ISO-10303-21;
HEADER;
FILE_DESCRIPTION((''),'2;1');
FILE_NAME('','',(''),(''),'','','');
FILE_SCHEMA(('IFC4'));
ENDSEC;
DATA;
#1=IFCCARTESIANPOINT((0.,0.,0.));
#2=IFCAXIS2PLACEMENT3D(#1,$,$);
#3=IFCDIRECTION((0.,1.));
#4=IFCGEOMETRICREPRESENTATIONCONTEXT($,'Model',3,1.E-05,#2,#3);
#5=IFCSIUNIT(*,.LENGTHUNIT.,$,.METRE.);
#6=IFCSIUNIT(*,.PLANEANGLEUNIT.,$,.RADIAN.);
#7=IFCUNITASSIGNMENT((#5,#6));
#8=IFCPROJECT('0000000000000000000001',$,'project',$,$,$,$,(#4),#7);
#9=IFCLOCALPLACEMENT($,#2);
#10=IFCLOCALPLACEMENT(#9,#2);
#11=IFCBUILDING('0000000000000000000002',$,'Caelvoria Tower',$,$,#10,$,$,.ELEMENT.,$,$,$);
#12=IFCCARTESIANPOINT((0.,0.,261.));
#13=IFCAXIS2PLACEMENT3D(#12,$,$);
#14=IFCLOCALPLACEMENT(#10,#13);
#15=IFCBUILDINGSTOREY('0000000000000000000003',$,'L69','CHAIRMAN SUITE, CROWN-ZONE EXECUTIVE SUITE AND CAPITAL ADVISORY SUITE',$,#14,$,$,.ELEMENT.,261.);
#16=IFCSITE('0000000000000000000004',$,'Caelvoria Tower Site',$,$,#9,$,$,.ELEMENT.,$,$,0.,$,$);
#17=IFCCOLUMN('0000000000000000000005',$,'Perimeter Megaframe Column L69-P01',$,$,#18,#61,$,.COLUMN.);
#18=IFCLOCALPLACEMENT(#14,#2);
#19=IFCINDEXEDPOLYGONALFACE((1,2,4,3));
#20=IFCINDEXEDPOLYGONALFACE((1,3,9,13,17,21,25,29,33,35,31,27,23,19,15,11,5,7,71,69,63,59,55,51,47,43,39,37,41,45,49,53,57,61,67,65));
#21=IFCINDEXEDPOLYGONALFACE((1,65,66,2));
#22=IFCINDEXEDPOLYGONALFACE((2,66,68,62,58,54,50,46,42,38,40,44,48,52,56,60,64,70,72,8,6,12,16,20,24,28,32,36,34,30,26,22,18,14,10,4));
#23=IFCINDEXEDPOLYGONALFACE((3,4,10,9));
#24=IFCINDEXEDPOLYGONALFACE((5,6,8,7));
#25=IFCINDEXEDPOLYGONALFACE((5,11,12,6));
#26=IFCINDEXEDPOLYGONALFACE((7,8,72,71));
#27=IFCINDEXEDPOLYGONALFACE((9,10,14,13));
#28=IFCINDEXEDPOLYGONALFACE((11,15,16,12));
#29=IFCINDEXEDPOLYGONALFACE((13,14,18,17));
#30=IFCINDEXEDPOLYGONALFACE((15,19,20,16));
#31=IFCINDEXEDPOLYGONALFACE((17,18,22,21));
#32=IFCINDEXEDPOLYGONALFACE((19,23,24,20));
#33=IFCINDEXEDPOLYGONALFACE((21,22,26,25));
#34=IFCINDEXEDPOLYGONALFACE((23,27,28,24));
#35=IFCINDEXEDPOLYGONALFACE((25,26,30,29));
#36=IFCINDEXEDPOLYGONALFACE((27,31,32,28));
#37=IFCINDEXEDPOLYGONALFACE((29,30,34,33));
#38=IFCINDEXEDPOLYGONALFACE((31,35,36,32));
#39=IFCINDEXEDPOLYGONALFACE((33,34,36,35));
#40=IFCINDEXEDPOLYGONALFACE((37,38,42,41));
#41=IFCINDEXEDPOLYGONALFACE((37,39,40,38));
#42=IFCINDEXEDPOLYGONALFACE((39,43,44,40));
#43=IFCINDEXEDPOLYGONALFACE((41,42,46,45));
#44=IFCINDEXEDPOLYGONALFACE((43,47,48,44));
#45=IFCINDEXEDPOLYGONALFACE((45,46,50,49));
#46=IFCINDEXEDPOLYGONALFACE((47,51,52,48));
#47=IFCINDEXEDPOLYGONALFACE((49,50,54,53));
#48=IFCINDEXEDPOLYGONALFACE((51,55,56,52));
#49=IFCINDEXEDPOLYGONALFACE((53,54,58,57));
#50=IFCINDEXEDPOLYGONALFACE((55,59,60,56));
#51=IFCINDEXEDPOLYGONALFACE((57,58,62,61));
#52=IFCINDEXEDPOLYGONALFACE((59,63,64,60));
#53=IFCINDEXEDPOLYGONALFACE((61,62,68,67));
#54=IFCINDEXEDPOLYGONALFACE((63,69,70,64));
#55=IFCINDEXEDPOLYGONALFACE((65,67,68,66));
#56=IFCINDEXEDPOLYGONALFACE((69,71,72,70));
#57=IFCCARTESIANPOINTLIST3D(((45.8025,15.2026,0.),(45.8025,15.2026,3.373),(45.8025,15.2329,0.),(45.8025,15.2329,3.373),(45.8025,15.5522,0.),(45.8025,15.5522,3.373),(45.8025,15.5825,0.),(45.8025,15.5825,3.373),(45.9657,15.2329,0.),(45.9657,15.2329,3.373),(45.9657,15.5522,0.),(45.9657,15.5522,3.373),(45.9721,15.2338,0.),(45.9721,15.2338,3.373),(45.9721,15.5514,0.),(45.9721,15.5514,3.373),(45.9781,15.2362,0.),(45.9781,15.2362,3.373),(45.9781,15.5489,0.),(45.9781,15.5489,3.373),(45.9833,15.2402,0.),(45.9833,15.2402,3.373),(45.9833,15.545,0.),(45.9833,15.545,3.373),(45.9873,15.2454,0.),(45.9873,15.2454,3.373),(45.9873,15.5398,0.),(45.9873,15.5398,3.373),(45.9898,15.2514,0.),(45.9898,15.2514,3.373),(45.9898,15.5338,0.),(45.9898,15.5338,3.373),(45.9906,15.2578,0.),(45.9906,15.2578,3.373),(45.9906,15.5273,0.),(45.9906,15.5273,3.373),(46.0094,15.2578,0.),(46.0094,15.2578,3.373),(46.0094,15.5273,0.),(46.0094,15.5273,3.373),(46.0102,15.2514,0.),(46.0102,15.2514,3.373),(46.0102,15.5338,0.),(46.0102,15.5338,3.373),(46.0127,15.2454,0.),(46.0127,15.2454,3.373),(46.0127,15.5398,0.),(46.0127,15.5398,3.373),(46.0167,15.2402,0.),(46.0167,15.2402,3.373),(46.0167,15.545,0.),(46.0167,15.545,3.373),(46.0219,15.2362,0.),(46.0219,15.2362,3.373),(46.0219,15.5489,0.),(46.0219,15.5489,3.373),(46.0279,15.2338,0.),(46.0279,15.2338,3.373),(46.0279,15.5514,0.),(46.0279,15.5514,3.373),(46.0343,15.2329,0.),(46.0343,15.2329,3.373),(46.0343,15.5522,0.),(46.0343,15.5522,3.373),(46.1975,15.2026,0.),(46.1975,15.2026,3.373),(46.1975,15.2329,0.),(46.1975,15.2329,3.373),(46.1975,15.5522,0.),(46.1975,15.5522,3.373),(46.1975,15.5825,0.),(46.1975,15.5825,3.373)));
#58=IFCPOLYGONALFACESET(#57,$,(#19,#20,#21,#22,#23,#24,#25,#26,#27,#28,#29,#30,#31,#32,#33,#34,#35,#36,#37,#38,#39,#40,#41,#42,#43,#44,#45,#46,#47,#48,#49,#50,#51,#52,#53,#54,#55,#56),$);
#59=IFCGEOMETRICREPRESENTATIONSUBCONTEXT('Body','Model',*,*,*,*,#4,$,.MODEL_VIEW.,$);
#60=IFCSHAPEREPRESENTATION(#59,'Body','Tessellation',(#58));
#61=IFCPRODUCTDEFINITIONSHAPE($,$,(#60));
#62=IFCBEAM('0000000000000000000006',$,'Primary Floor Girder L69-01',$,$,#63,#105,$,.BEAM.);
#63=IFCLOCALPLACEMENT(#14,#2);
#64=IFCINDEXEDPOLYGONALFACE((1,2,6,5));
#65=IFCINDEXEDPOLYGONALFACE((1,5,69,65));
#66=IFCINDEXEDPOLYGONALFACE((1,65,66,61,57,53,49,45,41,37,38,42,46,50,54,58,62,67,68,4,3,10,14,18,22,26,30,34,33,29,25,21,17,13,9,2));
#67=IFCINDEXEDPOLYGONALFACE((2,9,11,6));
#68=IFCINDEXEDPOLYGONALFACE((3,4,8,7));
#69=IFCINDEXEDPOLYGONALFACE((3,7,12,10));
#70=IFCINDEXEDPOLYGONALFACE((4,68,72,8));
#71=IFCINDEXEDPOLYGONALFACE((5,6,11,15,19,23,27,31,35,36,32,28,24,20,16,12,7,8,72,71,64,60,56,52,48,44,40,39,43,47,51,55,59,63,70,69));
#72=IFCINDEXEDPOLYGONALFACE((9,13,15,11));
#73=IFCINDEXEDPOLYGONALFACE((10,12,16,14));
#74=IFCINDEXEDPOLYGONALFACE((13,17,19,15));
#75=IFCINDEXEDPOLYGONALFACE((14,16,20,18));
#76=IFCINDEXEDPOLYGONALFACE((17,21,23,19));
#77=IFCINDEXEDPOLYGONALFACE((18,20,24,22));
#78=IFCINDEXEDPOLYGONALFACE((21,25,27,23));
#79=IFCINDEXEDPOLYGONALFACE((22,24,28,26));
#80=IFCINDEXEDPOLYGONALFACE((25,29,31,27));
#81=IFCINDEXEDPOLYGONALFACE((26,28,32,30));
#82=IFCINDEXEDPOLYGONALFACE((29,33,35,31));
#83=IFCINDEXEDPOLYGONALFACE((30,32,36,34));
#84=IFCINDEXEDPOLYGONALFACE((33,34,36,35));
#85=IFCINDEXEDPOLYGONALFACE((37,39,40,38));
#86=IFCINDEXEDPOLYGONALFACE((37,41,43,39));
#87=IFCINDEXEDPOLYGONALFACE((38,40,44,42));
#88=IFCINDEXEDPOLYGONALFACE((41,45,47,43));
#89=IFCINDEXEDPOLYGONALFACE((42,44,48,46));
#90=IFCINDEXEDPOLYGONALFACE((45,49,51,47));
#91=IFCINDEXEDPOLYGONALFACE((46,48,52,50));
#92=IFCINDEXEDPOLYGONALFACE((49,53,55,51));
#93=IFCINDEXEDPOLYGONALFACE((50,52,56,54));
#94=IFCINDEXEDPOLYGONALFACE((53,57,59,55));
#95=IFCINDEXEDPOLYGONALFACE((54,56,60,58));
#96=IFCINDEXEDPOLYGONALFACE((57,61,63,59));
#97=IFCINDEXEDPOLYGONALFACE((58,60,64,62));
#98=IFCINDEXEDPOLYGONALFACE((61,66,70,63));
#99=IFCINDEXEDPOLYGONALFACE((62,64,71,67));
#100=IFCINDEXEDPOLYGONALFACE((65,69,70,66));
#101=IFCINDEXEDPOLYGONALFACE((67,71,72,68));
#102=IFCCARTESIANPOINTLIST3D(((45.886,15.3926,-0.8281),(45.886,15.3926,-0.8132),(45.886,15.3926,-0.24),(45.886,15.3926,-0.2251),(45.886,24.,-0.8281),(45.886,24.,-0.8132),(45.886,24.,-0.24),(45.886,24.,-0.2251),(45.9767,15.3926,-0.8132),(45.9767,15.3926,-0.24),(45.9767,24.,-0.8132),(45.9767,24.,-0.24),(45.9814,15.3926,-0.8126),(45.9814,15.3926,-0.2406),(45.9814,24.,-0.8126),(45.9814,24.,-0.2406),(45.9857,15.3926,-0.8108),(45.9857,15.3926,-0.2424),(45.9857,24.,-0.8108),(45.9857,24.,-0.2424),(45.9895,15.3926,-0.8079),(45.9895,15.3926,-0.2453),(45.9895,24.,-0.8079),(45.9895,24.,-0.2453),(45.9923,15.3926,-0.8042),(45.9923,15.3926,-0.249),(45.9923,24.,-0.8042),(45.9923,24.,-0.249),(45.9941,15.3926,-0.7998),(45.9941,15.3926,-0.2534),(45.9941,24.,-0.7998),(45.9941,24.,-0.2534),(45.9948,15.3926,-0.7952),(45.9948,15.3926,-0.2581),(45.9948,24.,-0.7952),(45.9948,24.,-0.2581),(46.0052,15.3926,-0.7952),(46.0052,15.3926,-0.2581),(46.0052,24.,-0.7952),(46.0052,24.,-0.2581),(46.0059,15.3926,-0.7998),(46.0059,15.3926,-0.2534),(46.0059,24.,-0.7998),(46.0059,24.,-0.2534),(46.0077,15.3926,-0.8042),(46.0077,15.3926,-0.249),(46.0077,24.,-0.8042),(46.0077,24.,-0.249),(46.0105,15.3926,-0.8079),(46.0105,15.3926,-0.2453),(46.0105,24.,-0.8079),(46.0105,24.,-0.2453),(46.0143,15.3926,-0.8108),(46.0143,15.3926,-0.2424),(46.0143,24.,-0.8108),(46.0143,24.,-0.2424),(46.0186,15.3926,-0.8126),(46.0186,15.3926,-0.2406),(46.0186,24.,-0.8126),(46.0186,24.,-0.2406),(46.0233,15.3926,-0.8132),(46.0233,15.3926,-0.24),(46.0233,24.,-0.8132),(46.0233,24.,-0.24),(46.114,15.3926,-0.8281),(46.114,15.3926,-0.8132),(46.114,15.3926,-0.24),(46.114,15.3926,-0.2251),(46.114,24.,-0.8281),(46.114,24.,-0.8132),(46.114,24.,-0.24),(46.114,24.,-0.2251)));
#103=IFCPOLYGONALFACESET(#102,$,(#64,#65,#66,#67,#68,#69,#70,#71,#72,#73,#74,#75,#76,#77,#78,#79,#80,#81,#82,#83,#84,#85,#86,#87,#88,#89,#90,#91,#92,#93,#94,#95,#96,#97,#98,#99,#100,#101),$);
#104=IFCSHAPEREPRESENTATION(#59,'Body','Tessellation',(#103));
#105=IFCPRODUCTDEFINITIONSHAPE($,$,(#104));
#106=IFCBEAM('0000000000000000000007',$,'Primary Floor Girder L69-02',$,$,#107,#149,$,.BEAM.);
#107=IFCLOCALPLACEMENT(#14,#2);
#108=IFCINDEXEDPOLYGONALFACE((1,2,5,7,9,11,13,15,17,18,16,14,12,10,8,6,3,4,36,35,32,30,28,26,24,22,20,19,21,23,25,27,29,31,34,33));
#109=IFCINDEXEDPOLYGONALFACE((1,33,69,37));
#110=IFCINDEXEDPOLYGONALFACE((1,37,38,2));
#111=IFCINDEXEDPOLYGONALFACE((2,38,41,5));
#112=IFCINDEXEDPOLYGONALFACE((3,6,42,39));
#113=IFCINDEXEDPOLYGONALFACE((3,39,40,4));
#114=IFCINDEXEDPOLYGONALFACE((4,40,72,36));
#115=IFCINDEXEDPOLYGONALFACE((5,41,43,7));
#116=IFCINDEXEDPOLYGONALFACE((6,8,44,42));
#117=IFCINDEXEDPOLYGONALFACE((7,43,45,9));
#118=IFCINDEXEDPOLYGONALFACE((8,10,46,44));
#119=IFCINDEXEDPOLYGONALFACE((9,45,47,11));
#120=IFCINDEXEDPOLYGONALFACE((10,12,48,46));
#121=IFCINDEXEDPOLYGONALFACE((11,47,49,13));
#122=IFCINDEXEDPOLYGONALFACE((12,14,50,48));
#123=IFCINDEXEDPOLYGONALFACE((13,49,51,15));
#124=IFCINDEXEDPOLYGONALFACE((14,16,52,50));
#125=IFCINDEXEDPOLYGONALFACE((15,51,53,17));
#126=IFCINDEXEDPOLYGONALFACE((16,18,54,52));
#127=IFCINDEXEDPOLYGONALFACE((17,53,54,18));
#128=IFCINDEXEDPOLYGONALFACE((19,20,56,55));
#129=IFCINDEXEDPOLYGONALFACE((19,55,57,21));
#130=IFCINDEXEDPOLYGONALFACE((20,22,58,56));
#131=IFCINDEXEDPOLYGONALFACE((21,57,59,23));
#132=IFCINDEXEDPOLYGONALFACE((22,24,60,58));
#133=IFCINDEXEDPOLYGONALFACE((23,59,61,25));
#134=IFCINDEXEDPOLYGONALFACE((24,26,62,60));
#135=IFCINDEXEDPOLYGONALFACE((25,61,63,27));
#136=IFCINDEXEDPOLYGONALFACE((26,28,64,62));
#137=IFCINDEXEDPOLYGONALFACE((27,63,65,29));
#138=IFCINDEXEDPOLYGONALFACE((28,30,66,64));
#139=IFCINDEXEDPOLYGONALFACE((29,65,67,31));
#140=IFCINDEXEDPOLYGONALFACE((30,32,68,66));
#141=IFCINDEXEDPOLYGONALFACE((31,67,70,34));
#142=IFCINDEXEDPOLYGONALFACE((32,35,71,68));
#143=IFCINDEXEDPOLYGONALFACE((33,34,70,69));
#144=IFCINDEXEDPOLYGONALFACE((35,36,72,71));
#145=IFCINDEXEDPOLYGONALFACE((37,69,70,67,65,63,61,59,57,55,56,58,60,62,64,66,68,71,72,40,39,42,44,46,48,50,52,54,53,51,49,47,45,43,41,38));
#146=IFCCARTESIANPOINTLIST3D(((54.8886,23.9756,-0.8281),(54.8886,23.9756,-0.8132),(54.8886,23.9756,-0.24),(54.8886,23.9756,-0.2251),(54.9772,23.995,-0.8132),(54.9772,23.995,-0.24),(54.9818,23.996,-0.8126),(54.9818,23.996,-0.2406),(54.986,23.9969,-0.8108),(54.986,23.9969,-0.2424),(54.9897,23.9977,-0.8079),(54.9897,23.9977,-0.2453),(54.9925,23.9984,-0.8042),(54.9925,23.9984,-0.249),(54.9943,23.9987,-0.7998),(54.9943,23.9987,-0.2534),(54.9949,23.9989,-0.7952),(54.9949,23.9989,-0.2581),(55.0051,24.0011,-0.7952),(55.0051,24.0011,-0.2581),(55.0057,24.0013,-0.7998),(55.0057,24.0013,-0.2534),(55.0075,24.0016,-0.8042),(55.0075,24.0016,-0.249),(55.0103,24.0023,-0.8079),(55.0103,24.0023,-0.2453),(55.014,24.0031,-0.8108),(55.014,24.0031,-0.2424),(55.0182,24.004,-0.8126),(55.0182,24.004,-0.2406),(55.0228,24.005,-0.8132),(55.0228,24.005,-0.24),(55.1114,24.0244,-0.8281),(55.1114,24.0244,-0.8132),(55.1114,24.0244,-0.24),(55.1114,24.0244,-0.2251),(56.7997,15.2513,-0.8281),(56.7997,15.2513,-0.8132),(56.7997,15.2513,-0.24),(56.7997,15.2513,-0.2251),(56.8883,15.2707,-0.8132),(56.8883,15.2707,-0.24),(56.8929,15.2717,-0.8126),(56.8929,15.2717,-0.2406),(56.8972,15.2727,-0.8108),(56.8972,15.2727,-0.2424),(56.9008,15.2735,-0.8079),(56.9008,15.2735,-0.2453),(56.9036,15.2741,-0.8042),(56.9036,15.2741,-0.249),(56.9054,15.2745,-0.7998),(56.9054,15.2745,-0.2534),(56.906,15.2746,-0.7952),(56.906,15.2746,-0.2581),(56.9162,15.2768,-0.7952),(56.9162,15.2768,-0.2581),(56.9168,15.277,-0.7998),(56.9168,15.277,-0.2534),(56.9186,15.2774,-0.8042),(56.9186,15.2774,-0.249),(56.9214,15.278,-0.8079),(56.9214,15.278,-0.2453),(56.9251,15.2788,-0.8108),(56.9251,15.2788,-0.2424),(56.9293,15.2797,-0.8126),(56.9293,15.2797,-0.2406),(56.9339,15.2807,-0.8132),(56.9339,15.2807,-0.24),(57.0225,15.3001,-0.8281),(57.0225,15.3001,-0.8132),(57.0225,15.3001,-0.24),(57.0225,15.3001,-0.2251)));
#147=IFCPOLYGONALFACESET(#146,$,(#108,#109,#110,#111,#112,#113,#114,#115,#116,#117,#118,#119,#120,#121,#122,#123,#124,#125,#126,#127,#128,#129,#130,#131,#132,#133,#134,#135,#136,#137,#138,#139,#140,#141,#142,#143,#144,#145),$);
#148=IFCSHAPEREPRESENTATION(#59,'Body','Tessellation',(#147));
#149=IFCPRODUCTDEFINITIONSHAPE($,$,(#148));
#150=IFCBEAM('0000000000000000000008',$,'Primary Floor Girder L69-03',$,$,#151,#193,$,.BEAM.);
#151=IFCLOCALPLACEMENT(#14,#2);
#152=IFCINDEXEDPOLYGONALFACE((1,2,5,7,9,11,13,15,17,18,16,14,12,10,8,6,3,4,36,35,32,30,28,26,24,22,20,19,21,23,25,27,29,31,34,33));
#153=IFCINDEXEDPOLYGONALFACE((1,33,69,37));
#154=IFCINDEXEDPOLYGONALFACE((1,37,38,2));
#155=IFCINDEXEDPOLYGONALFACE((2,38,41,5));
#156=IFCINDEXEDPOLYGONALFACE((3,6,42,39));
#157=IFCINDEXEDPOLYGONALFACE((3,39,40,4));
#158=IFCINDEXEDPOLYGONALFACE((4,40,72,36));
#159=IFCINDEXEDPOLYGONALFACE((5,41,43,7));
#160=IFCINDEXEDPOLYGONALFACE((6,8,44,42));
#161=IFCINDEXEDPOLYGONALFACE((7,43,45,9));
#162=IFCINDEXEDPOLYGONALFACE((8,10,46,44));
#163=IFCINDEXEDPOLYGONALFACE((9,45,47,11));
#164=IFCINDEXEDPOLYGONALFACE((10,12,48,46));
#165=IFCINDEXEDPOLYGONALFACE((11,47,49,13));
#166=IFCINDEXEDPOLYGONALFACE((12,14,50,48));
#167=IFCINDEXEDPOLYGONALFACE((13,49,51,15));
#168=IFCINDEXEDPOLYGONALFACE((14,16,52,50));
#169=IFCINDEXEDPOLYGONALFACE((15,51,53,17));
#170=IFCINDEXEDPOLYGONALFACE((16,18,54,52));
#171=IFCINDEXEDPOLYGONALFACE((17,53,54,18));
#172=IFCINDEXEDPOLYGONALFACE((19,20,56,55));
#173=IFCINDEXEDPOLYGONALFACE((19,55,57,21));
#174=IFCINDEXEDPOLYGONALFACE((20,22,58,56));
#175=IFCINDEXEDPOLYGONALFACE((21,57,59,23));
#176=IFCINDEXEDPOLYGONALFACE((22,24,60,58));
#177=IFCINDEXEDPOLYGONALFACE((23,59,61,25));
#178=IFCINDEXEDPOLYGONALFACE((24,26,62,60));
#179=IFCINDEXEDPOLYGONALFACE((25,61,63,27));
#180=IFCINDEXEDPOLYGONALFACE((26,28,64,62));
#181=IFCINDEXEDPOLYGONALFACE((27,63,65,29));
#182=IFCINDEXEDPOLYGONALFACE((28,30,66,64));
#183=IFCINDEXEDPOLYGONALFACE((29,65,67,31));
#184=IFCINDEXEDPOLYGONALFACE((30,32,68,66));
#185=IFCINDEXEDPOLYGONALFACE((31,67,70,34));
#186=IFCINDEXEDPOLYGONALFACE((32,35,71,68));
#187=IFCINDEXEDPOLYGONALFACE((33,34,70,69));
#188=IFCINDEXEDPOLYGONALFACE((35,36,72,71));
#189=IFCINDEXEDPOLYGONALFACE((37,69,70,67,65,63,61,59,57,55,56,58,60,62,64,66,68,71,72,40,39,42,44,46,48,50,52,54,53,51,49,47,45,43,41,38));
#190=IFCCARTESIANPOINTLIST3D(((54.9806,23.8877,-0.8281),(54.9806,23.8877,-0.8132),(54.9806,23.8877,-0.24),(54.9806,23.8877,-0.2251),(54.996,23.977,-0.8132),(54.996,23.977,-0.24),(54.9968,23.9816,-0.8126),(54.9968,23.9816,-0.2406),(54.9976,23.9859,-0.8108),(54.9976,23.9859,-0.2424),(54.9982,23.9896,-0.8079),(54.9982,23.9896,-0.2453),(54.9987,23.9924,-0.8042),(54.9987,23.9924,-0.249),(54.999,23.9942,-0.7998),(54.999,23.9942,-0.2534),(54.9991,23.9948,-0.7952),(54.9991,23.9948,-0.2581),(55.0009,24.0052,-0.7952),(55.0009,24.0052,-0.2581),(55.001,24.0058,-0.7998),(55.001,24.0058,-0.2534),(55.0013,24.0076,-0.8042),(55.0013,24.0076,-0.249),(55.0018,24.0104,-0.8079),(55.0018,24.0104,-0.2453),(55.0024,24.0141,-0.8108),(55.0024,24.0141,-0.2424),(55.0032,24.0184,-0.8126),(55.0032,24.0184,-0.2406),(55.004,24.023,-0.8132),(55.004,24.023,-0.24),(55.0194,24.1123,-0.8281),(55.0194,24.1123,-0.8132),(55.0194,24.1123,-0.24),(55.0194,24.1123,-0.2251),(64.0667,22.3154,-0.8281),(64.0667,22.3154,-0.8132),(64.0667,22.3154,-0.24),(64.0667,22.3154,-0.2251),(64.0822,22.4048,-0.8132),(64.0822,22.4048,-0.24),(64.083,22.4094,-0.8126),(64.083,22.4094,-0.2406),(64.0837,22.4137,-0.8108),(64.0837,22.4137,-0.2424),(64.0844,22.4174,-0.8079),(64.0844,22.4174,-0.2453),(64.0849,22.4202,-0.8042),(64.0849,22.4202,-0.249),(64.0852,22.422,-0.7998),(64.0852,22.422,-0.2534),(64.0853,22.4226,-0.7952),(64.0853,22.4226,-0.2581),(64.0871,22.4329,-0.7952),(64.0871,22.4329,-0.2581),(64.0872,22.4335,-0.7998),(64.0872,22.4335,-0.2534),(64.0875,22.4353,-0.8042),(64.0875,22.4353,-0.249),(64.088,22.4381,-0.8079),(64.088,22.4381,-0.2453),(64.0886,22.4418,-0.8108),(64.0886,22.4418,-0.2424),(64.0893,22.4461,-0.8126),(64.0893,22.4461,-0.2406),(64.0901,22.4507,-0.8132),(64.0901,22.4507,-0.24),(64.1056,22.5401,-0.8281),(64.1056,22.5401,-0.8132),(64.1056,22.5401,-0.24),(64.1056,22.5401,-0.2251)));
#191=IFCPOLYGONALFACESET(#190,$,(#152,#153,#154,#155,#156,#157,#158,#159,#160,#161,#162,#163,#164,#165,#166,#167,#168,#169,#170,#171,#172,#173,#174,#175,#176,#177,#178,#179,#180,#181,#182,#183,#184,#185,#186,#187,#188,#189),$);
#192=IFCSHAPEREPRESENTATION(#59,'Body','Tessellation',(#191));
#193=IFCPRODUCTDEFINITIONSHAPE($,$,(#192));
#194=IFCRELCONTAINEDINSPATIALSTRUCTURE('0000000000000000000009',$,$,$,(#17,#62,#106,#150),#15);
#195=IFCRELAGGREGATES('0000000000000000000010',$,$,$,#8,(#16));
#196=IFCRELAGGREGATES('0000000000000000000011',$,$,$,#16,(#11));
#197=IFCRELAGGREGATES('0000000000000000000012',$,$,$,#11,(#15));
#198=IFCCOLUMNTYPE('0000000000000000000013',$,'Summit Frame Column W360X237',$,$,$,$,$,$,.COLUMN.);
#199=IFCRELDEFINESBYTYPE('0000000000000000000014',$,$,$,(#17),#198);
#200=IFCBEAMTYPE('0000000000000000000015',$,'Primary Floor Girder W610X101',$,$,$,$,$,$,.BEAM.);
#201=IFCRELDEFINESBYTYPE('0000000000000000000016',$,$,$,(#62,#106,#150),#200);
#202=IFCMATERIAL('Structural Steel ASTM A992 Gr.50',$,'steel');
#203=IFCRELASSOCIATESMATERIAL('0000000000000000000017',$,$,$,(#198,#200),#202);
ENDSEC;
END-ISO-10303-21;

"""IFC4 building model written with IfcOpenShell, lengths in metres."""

from ifc_helpers import new_model, si_unit, direction, frame, origin, origin_2d, place, context, subcontext, project, spatial, i_section, extrude, material, material_profile, profile_set, type_object, element, save


model = new_model("IFC4")

# Units and contexts
model_context = context("Model", 3, precision=1e-05, world=origin(), true_north=direction((0.0, 1.0)))
body_context = subcontext(model_context, "Body", "Model", "MODEL_VIEW")
ifc_project = project(units=[si_unit("LENGTHUNIT", "METRE"), si_unit("PLANEANGLEUNIT", "RADIAN")], contexts=[model_context])

# Site, building, storey
site_placement = place(None, origin())
site = spatial("IfcSite", under=ifc_project, at=site_placement, Name="Caelvoria Tower Site", CompositionType="ELEMENT", RefElevation=0.0)
building_placement = place(site_placement, origin())
building = spatial("IfcBuilding", under=site, at=building_placement, Name="Caelvoria Tower", CompositionType="ELEMENT")
storey_placement = place(building_placement, frame((0.0, 0.0, 261.0)))
storey = spatial("IfcBuildingStorey", under=building, at=storey_placement, Name="L69", Description="CHAIRMAN SUITE, CROWN-ZONE EXECUTIVE SUITE AND CAPITAL ADVISORY SUITE", CompositionType="ELEMENT", Elevation=261.0)

# Column
ifc_material_1 = material(Name="Structural Steel ASTM A992 Gr.50", Category="steel")
ifc_material_profile_1 = material_profile(ifc_material_1, i_section(OverallWidth=0.395, OverallDepth=0.3799, WebThickness=0.0188, FlangeThickness=0.0303, FilletRadius=0.0249, at=origin_2d()), Name="Structural Steel ASTM A992 Gr.50")
ifc_profile_set_1 = profile_set([ifc_material_profile_1], Name="W360X237 - Structural Steel ASTM A992 Gr.50")
column_type = type_object("IfcColumnType", Name="Summit Frame Column W360X237", PredefinedType="COLUMN", material=ifc_profile_set_1)
column_placement = place(storey_placement, frame((46.0, 15.3926, 0.0), z_axis=(0.0, 0.0, 1.0), x_axis=(1.0, 0.0, 0.0)))
element("IfcColumn", 1, at=column_placement, inside=storey, type_object=column_type, Name="Perimeter Megaframe Column L69-P01", PredefinedType="COLUMN", context=body_context, shape_type="SweptSolid", body=[
    extrude(i_section(OverallWidth=0.395, OverallDepth=0.3799, WebThickness=0.0188, FlangeThickness=0.0303, FilletRadius=0.0249, at=origin_2d()), origin(), (0.0, 0.0, 1.0), 3.373),
])

# Beams
ifc_material_profile_2 = material_profile(ifc_material_1, i_section(OverallWidth=0.228, OverallDepth=0.603, WebThickness=0.0105, FlangeThickness=0.0149, FilletRadius=0.0181, at=origin_2d()), Name="Structural Steel ASTM A992 Gr.50")
ifc_profile_set_2 = profile_set([ifc_material_profile_2], Name="W610X101 - Structural Steel ASTM A992 Gr.50")
beam_type_1 = type_object("IfcBeamType", Name="Primary Floor Girder W610X101", PredefinedType="BEAM", material=ifc_profile_set_2)
beam_1_placement = place(storey_placement, frame((46.0, 24.0, -0.5266), z_axis=(0.0, -1.0, 0.0), x_axis=(1.0, 0.0, 0.0)))
element("IfcBeam", 2, at=beam_1_placement, inside=storey, type_object=beam_type_1, Name="Primary Floor Girder L69-01", PredefinedType="BEAM", context=body_context, shape_type="SweptSolid", body=[
    extrude(i_section(OverallWidth=0.228, OverallDepth=0.603, WebThickness=0.0105, FlangeThickness=0.0149, FilletRadius=0.0181, at=origin_2d()), origin(), (0.0, 0.0, 1.0), 8.6074),
])
beam_2_placement = place(storey_placement, frame((55.0, 24.0, -0.5266), z_axis=(0.213983, -0.976837, 0.0), x_axis=(0.976837, 0.213983, 0.0)))
element("IfcBeam", 3, at=beam_2_placement, inside=storey, type_object=beam_type_1, Name="Primary Floor Girder L69-02", PredefinedType="BEAM", context=body_context, shape_type="SweptSolid", body=[
    extrude(i_section(OverallWidth=0.228, OverallDepth=0.603, WebThickness=0.0105, FlangeThickness=0.0149, FilletRadius=0.0181, at=origin_2d()), origin(), (0.0, 0.0, 1.0), 8.9312),
])
beam_3_placement = place(storey_placement, frame((55.0, 24.0, -0.5266), z_axis=(0.985357, -0.170505, 0.0), x_axis=(0.170505, 0.985357, 0.0)))
element("IfcBeam", 4, at=beam_3_placement, inside=storey, type_object=beam_type_1, Name="Primary Floor Girder L69-03", PredefinedType="BEAM", context=body_context, shape_type="SweptSolid", body=[
    extrude(i_section(OverallWidth=0.228, OverallDepth=0.603, WebThickness=0.0105, FlangeThickness=0.0149, FilletRadius=0.0181, at=origin_2d()), origin(), (0.0, 0.0, 1.0), 9.2212),
])

save(model, "model.ifc")
